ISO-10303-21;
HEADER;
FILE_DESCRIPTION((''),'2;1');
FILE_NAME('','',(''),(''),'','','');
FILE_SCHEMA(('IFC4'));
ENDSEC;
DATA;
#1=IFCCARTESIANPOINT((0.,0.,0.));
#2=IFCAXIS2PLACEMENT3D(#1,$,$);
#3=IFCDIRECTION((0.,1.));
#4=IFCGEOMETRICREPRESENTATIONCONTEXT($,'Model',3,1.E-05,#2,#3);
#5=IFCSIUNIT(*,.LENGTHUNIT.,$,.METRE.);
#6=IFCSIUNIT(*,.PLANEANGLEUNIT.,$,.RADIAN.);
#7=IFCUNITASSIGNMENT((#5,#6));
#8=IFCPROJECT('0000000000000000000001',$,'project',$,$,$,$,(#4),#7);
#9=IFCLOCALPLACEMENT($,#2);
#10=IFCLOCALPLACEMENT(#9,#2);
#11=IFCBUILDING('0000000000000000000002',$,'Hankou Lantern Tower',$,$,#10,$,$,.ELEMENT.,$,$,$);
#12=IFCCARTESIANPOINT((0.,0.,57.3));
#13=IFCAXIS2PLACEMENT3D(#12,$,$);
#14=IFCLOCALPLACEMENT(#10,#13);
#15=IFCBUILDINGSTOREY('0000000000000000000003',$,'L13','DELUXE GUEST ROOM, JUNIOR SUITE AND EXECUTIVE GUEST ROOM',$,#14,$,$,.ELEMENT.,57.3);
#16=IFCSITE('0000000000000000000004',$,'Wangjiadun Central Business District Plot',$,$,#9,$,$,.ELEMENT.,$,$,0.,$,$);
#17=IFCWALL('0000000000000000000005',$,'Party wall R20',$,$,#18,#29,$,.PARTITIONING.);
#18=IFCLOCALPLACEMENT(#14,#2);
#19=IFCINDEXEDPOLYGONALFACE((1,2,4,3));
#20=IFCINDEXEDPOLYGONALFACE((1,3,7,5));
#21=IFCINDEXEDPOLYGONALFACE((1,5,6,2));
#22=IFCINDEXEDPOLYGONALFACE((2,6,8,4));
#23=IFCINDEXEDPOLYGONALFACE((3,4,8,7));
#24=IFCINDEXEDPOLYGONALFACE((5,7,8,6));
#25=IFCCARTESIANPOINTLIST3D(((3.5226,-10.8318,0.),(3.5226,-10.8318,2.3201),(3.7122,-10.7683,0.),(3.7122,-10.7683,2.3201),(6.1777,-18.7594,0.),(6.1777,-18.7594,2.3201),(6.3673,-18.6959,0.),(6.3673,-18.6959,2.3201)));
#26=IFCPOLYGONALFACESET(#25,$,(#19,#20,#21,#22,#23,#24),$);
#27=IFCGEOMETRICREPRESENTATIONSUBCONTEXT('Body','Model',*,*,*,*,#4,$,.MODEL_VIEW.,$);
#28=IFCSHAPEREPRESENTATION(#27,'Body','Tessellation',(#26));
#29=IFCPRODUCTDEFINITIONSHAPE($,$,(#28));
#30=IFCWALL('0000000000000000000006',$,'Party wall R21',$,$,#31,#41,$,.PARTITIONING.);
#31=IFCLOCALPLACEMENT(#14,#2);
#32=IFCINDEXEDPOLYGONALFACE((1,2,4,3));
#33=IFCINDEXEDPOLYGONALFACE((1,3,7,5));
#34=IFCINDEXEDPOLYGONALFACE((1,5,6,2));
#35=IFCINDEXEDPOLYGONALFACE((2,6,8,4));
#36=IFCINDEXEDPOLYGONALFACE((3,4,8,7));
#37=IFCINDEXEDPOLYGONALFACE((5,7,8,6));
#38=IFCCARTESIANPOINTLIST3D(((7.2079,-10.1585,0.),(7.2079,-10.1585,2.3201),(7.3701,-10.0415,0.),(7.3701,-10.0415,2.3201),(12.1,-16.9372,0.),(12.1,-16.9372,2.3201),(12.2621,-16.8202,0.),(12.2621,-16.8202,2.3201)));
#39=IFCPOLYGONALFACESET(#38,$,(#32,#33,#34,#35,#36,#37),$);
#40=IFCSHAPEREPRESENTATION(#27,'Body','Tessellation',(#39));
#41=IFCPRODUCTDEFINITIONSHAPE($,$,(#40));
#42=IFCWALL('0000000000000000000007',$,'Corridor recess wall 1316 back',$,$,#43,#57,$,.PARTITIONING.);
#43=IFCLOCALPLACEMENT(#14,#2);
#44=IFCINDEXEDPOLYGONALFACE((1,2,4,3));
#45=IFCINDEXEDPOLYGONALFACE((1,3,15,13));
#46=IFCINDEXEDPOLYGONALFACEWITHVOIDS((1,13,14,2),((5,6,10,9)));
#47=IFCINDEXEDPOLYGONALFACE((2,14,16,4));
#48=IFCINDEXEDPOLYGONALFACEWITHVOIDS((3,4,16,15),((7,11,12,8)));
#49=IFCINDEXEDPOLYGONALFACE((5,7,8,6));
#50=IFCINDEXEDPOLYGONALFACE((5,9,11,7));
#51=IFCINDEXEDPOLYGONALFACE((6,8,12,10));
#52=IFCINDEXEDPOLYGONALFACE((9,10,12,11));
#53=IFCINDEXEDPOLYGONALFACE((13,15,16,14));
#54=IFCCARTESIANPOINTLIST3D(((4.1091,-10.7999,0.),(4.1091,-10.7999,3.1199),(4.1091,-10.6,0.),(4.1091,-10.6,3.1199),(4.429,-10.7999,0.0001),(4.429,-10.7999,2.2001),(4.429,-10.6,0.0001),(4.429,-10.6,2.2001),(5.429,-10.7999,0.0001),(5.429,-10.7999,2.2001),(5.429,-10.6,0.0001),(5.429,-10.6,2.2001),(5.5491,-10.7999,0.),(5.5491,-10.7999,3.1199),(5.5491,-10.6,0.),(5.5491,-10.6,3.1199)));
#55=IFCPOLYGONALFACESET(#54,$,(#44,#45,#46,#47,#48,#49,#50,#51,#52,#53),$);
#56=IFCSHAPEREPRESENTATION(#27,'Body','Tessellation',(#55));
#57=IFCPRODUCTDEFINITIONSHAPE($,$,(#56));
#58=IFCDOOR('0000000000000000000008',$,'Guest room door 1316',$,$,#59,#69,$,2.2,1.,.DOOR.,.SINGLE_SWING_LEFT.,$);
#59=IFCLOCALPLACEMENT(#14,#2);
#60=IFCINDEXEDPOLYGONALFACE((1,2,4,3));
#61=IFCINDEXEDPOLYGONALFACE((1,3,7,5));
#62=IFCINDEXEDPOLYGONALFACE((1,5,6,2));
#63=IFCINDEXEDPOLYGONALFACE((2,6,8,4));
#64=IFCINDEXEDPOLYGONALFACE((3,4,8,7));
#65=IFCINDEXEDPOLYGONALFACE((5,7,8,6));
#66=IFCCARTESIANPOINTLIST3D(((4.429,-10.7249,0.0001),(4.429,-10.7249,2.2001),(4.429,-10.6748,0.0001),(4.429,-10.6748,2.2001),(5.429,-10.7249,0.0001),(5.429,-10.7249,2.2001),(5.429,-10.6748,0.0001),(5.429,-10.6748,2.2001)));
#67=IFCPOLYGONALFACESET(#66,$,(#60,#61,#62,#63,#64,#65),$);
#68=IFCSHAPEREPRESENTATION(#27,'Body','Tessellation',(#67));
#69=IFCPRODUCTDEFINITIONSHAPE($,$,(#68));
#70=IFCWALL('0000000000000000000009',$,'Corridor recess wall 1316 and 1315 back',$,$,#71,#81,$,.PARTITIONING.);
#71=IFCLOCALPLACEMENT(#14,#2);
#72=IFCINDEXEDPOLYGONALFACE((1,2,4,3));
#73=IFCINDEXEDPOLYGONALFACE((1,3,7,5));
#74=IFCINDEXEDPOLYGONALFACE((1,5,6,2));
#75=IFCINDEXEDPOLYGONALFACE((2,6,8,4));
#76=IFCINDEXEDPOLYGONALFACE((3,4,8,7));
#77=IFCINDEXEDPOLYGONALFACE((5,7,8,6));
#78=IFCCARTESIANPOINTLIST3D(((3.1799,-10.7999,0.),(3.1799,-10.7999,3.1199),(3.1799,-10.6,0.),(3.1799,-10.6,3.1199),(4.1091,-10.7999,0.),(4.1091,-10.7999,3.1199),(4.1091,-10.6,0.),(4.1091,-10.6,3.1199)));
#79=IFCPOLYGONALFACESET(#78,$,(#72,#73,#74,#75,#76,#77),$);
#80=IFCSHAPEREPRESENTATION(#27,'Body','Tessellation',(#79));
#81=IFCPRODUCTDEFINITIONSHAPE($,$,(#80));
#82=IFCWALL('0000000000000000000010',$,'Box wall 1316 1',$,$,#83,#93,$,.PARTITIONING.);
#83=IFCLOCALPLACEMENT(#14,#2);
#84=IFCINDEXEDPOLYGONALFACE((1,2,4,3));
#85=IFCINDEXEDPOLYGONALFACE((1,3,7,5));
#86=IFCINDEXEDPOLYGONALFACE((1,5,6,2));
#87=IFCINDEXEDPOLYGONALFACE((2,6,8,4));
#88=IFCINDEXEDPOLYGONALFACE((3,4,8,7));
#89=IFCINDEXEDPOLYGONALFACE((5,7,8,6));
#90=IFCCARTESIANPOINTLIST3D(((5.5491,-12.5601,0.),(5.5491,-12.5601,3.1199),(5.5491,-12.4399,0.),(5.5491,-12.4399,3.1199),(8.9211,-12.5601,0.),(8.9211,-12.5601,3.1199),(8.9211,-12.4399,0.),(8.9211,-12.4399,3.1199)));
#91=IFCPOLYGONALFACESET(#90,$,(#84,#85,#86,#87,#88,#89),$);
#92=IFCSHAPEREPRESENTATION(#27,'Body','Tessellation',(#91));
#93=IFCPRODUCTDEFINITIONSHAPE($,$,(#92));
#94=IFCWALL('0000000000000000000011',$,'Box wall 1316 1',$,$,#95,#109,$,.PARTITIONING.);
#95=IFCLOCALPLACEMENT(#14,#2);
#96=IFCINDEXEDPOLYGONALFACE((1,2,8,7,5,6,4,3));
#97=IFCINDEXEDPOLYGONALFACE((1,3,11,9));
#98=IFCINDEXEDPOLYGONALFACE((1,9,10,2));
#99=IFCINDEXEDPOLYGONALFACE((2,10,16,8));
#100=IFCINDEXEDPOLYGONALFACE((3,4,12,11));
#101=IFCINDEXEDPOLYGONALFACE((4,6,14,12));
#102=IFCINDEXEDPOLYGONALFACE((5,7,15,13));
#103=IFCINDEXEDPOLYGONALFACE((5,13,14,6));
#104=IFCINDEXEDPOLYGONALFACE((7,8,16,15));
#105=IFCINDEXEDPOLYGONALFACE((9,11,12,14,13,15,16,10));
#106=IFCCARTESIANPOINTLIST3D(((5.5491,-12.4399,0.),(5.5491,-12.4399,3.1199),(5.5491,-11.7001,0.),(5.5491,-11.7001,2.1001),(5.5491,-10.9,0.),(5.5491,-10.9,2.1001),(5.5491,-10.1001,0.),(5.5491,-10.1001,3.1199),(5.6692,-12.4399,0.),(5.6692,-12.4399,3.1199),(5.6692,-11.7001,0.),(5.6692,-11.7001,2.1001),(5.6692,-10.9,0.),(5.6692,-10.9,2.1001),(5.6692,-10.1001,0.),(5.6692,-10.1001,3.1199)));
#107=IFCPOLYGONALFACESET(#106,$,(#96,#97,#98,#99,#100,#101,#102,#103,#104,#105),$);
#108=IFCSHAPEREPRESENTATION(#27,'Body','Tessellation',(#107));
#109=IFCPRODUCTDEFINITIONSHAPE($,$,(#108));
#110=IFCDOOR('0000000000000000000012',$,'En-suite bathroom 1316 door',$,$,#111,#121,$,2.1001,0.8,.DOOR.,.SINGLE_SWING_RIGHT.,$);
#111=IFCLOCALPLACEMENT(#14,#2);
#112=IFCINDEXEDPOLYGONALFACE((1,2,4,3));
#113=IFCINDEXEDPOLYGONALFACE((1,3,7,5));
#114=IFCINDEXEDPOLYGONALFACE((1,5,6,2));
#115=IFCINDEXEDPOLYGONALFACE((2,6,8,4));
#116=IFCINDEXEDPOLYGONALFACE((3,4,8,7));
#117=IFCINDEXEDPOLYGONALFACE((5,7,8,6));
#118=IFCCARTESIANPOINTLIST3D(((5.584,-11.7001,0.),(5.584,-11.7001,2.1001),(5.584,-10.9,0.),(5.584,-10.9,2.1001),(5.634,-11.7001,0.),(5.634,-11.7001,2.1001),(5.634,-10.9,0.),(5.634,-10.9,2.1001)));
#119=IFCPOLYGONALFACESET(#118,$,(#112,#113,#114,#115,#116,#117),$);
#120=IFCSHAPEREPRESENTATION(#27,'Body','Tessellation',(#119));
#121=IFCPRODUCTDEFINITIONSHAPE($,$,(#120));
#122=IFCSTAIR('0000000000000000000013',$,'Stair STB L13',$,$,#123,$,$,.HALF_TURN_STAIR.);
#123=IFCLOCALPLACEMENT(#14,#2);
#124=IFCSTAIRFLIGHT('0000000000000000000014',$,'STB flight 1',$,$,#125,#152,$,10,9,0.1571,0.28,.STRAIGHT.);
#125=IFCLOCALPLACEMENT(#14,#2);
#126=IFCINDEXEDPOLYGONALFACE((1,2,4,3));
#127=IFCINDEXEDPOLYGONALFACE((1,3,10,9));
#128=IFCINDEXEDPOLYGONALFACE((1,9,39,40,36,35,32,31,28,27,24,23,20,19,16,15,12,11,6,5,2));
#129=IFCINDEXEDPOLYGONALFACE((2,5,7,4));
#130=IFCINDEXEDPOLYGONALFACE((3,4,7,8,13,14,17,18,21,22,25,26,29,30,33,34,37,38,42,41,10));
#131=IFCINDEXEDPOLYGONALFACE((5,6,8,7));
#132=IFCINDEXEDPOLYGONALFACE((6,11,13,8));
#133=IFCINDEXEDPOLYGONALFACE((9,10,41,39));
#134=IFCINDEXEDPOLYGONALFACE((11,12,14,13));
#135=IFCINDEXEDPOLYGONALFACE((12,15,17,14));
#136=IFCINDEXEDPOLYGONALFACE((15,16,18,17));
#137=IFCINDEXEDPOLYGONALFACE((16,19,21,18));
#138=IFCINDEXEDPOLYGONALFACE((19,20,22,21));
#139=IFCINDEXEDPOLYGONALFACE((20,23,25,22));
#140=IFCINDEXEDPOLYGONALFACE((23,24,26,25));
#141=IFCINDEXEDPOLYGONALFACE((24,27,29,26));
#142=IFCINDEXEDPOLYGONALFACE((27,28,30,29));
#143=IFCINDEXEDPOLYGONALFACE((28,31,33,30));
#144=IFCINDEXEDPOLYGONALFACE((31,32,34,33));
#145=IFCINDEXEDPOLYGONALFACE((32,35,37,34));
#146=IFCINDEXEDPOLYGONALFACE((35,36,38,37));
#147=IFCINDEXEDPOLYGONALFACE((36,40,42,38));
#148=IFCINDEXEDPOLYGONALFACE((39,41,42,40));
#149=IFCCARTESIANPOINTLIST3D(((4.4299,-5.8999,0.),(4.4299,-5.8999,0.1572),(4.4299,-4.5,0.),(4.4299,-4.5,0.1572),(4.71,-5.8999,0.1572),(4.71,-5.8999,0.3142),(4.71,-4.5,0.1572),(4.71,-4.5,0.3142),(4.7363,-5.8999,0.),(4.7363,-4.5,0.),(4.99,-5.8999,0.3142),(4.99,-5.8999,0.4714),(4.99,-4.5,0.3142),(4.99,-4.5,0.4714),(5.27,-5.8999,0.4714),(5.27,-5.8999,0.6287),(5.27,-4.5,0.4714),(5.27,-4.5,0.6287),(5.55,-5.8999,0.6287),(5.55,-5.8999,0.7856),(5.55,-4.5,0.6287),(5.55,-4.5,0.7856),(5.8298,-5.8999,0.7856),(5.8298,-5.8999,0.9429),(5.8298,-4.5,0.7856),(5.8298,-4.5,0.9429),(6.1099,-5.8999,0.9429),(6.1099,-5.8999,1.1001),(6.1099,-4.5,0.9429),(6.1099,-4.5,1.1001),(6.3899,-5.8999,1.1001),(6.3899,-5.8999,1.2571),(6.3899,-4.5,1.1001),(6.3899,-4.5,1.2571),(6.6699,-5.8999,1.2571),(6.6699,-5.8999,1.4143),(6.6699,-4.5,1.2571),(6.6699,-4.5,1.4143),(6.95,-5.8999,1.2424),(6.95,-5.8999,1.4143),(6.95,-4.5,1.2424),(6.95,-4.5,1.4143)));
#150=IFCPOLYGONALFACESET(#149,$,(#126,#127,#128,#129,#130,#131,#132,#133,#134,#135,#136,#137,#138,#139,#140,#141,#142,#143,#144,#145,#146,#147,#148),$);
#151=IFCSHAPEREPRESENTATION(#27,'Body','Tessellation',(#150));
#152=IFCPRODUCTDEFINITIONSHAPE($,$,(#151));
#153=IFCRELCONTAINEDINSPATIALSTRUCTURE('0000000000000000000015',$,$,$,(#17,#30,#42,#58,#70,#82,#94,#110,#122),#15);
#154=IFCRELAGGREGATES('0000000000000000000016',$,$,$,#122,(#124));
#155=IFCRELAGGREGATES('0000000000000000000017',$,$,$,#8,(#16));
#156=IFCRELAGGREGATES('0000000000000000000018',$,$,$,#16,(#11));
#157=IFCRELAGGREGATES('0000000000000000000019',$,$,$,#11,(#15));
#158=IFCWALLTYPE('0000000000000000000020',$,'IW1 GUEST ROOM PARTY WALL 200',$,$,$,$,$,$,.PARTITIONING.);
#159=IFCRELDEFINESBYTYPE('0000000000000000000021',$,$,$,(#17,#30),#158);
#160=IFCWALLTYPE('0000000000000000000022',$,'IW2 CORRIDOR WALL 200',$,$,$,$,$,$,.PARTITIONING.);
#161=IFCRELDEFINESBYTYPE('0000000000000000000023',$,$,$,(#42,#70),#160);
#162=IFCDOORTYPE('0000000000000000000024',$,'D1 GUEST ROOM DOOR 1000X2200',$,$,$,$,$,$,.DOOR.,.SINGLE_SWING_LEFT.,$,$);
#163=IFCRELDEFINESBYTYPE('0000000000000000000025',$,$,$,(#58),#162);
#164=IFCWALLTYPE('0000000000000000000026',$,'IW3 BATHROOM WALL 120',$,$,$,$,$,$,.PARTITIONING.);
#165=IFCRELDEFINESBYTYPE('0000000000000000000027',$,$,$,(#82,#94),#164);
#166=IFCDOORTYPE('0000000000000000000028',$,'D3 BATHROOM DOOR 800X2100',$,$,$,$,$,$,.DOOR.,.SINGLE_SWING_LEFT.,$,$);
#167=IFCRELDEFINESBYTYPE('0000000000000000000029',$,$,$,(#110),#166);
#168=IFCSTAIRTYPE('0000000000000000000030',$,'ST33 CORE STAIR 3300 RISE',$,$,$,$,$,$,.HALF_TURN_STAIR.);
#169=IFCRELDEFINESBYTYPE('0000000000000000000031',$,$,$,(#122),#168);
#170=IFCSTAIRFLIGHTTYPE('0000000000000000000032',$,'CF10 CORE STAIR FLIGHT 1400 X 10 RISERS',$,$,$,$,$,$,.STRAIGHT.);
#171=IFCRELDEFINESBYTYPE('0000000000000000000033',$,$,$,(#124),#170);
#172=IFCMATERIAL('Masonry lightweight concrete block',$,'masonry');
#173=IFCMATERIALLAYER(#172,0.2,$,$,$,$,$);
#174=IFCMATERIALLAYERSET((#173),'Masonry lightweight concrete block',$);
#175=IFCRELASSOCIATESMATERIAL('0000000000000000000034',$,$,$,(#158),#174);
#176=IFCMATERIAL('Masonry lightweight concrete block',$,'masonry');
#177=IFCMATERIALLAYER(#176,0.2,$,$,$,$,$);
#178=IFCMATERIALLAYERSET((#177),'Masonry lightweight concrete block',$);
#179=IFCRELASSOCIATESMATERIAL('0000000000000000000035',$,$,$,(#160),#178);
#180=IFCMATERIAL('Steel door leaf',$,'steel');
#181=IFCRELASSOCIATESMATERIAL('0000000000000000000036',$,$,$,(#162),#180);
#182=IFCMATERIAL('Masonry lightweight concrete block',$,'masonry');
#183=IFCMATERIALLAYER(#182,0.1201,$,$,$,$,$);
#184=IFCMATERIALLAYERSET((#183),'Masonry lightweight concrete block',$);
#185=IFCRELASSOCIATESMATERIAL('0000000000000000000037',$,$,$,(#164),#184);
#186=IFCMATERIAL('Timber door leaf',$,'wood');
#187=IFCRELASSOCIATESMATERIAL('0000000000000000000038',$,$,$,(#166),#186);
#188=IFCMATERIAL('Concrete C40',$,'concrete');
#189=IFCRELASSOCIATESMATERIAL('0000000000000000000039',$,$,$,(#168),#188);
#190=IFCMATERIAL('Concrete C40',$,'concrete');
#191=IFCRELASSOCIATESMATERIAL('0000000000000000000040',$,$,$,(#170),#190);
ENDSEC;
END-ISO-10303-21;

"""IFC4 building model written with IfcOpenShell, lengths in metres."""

from ifc_helpers import new_model, si_unit, direction, frame, frame_2d, origin, place, context, subcontext, project, spatial, polyline, rectangle, outline, extrude, material, layer, layer_set, type_object, element, fill, aggregate, save


model = new_model("IFC4")

# Units and contexts
model_context = context("Model", 3, precision=1e-05, world=origin(), true_north=direction((0.0, 1.0)))
body_context = subcontext(model_context, "Body", "Model", "MODEL_VIEW")
ifc_project = project(units=[si_unit("LENGTHUNIT", "METRE"), si_unit("PLANEANGLEUNIT", "RADIAN")], contexts=[model_context])

# Site, building, storey
site_placement = place(None, origin())
site = spatial("IfcSite", under=ifc_project, at=site_placement, Name="Wangjiadun Central Business District Plot", CompositionType="ELEMENT", RefElevation=0.0)
building_placement = place(site_placement, origin())
building = spatial("IfcBuilding", under=site, at=building_placement, Name="Hankou Lantern Tower", CompositionType="ELEMENT")
storey_placement = place(building_placement, frame((0.0, 0.0, 57.3)))
storey = spatial("IfcBuildingStorey", under=building, at=storey_placement, Name="L13", Description="DELUXE GUEST ROOM, JUNIOR SUITE AND EXECUTIVE GUEST ROOM", CompositionType="ELEMENT", Elevation=57.3)

# Walls
ifc_material_1 = material(Name="Masonry lightweight concrete block", Category="masonry")
ifc_layer_1 = layer(ifc_material_1, 0.2)
ifc_layer_set_1 = layer_set([ifc_layer_1], Name="Masonry lightweight concrete block")
wall_type_1 = type_object("IfcWallType", Name="IW1 GUEST ROOM PARTY WALL 200", PredefinedType="PARTITIONING", material=ifc_layer_set_1)
wall_1_placement = place(storey_placement, frame((3.6174, -10.8, 0.0), z_axis=(0.0, 0.0, 1.0), x_axis=(0.317577, -0.948233, 0.0)))
element("IfcWall", 1, at=wall_1_placement, inside=storey, type_object=wall_type_1, Name="Party wall R20", PredefinedType="PARTITIONING", context=body_context, shape_type="SweptSolid", body=[
    extrude(rectangle(XDim=8.3604, YDim=0.2, at=frame_2d((4.1802, 0.0))), origin(), (0.0, 0.0, 1.0), 2.3201),
])
wall_2_placement = place(storey_placement, frame((7.2891, -10.1001, 0.0), z_axis=(0.0, 0.0, 1.0), x_axis=(0.585198, -0.81089, 0.0)))
element("IfcWall", 2, at=wall_2_placement, inside=storey, type_object=wall_type_1, Name="Party wall R21", PredefinedType="PARTITIONING", context=body_context, shape_type="SweptSolid", body=[
    extrude(rectangle(XDim=8.3596, YDim=0.2, at=frame_2d((4.1797, 0.0))), origin(), (0.0, 0.0, 1.0), 2.3201),
])

# Wall, opening, door
ifc_material_2 = material(Name="Masonry lightweight concrete block", Category="masonry")
ifc_layer_2 = layer(ifc_material_2, 0.2)
ifc_layer_set_2 = layer_set([ifc_layer_2], Name="Masonry lightweight concrete block")
wall_type_2 = type_object("IfcWallType", Name="IW2 CORRIDOR WALL 200", PredefinedType="PARTITIONING", material=ifc_layer_set_2)
wall_3_placement = place(storey_placement, frame((5.5491, -10.7, 0.0), z_axis=(0.0, 0.0, 1.0), x_axis=(-1.0, 0.0, 0.0)))
wall_3 = element("IfcWall", 3, at=wall_3_placement, inside=storey, type_object=wall_type_2, Name="Corridor recess wall 1316 back", PredefinedType="PARTITIONING", context=body_context, shape_type="SweptSolid", body=[
    extrude(rectangle(XDim=1.4399, YDim=0.2, at=frame_2d((0.72, 0.0))), origin(), (0.0, 0.0, 1.0), 3.1199),
])
opening_1_placement = place(wall_3_placement, frame((0.1201, 0.0, 0.0)))
opening_1 = element("IfcOpeningElement", 4, at=opening_1_placement, cuts=wall_3, PredefinedType="OPENING", context=body_context, shape_type="SweptSolid", body=[
    extrude(rectangle(XDim=1.0, YDim=2.2, at=frame_2d((0.5, 1.1001))), frame((0.0, 0.1099, 0.0), z_axis=(0.0, -1.0, 0.0), x_axis=(1.0, 0.0, 0.0)), (0.0, 0.0, 1.0), 0.22),
])
ifc_material_3 = material(Name="Steel door leaf", Category="steel")
door_type_1 = type_object("IfcDoorType", Name="D1 GUEST ROOM DOOR 1000X2200", OperationType="SINGLE_SWING_LEFT", PredefinedType="DOOR", material=ifc_material_3)
door_1_placement = place(opening_1_placement, origin())
door_1 = element("IfcDoor", 5, at=door_1_placement, inside=storey, type_object=door_type_1, Name="Guest room door 1316", OperationType="SINGLE_SWING_LEFT", OverallHeight=2.2, OverallWidth=1.0, PredefinedType="DOOR", context=body_context, shape_type="SweptSolid", body=[
    extrude(rectangle(XDim=1.0, YDim=2.2, at=frame_2d((0.5, 1.1001))), frame((0.0, 0.0249, 0.0), z_axis=(0.0, -1.0, 0.0), x_axis=(1.0, 0.0, 0.0)), (0.0, 0.0, 1.0), 0.05),
])
fill(opening_1, door_1)

# Walls
wall_4_placement = place(storey_placement, frame((4.1091, -10.7, 0.0), z_axis=(0.0, 0.0, 1.0), x_axis=(-1.0, 0.0, 0.0)))
element("IfcWall", 6, at=wall_4_placement, inside=storey, type_object=wall_type_2, Name="Corridor recess wall 1316 and 1315 back", PredefinedType="PARTITIONING", context=body_context, shape_type="SweptSolid", body=[
    extrude(rectangle(XDim=0.9292, YDim=0.2, at=frame_2d((0.4646, 0.0))), origin(), (0.0, 0.0, 1.0), 3.1199),
])
ifc_material_4 = material(Name="Masonry lightweight concrete block", Category="masonry")
ifc_layer_3 = layer(ifc_material_4, 0.1201)
ifc_layer_set_3 = layer_set([ifc_layer_3], Name="Masonry lightweight concrete block")
wall_type_3 = type_object("IfcWallType", Name="IW3 BATHROOM WALL 120", PredefinedType="PARTITIONING", material=ifc_layer_set_3)
wall_5_placement = place(storey_placement, frame((8.9211, -12.5, 0.0), z_axis=(0.0, 0.0, 1.0), x_axis=(-1.0, 0.0, 0.0)))
element("IfcWall", 7, at=wall_5_placement, inside=storey, type_object=wall_type_3, Name="Box wall 1316 1", PredefinedType="PARTITIONING", context=body_context, shape_type="SweptSolid", body=[
    extrude(rectangle(XDim=3.3721, YDim=0.1201, at=frame_2d((1.686, 0.0))), origin(), (0.0, 0.0, 1.0), 3.1199),
])

# Wall, opening, door
wall_6_placement = place(storey_placement, frame((5.6091, -10.1001, 0.0), z_axis=(0.0, 0.0, 1.0), x_axis=(0.0, -1.0, 0.0)))
wall_6 = element("IfcWall", 8, at=wall_6_placement, inside=storey, type_object=wall_type_3, Name="Box wall 1316 1", PredefinedType="PARTITIONING", context=body_context, shape_type="SweptSolid", body=[
    extrude(rectangle(XDim=2.3398, YDim=0.1201, at=frame_2d((1.1699, 0.0))), origin(), (0.0, 0.0, 1.0), 3.1199),
])
opening_2_placement = place(wall_6_placement, frame((0.8, 0.0, 0.0)))
opening_2 = element("IfcOpeningElement", 9, at=opening_2_placement, cuts=wall_6, PredefinedType="OPENING", context=body_context, shape_type="SweptSolid", body=[
    extrude(rectangle(XDim=0.8, YDim=2.1001, at=frame_2d((0.3999, 1.05))), frame((0.0, 0.0701, 0.0), z_axis=(0.0, -1.0, 0.0), x_axis=(1.0, 0.0, 0.0)), (0.0, 0.0, 1.0), 0.1401),
])
ifc_material_5 = material(Name="Timber door leaf", Category="wood")
door_type_2 = type_object("IfcDoorType", Name="D3 BATHROOM DOOR 800X2100", OperationType="SINGLE_SWING_LEFT", PredefinedType="DOOR", material=ifc_material_5)
door_2_placement = place(opening_2_placement, origin())
door_2 = element("IfcDoor", 10, at=door_2_placement, inside=storey, type_object=door_type_2, Name="En-suite bathroom 1316 door", OperationType="SINGLE_SWING_RIGHT", OverallHeight=2.1001, OverallWidth=0.8, PredefinedType="DOOR", context=body_context, shape_type="SweptSolid", body=[
    extrude(rectangle(XDim=0.8, YDim=2.1001, at=frame_2d((0.3999, 1.05))), frame((0.0, 0.0249, 0.0), z_axis=(0.0, -1.0, 0.0), x_axis=(1.0, 0.0, 0.0)), (0.0, 0.0, 1.0), 0.05),
])
fill(opening_2, door_2)

# Stair, stair flight
ifc_material_6 = material(Name="Concrete C40", Category="concrete")
stair_type = type_object("IfcStairType", Name="ST33 CORE STAIR 3300 RISE", PredefinedType="HALF_TURN_STAIR", material=ifc_material_6)
stair_placement = place(storey_placement, origin())
stair = element("IfcStair", 11, at=stair_placement, inside=storey, type_object=stair_type, Name="Stair STB L13", PredefinedType="HALF_TURN_STAIR")
ifc_material_7 = material(Name="Concrete C40", Category="concrete")
stair_flight_type_1 = type_object("IfcStairFlightType", Name="CF10 CORE STAIR FLIGHT 1400 X 10 RISERS", PredefinedType="STRAIGHT", material=ifc_material_7)
stair_flight_1_placement = place(storey_placement, frame((4.4299, -5.2, 0.0), z_axis=(0.0, 0.0, 1.0), x_axis=(1.0, 0.0, 0.0)))
stair_flight_1 = element("IfcStairFlight", 12, at=stair_flight_1_placement, type_object=stair_flight_type_1, Name="STB flight 1", NumberOfRisers=10, NumberOfTreads=9, PredefinedType="STRAIGHT", RiserHeight=0.1571, TreadLength=0.28, context=body_context, shape_type="SweptSolid", body=[
    extrude(outline(polyline([(0.0, 0.0), (0.0, 0.1572), (0.28, 0.1572), (0.28, 0.3142), (0.5601, 0.3142), (0.5601, 0.4714), (0.8401, 0.4714), (0.8401, 0.6287), (1.1201, 0.6287), (1.1201, 0.7856), (1.3999, 0.7856), (1.3999, 0.9429), (1.6799, 0.9429), (1.6799, 1.1001), (1.96, 1.1001), (1.96, 1.2571), (2.24, 1.2571), (2.24, 1.4143), (2.52, 1.4143), (2.52, 1.5715), (2.52, 1.2424), (0.3064, 0.0), (0.0, 0.0)])), frame((0.0, 0.7, 0.0), z_axis=(0.0, -1.0, 0.0), x_axis=(1.0, 0.0, 0.0)), (0.0, 0.0, 1.0), 1.3999),
])
aggregate(stair, [stair_flight_1])

save(model, "model.ifc")
